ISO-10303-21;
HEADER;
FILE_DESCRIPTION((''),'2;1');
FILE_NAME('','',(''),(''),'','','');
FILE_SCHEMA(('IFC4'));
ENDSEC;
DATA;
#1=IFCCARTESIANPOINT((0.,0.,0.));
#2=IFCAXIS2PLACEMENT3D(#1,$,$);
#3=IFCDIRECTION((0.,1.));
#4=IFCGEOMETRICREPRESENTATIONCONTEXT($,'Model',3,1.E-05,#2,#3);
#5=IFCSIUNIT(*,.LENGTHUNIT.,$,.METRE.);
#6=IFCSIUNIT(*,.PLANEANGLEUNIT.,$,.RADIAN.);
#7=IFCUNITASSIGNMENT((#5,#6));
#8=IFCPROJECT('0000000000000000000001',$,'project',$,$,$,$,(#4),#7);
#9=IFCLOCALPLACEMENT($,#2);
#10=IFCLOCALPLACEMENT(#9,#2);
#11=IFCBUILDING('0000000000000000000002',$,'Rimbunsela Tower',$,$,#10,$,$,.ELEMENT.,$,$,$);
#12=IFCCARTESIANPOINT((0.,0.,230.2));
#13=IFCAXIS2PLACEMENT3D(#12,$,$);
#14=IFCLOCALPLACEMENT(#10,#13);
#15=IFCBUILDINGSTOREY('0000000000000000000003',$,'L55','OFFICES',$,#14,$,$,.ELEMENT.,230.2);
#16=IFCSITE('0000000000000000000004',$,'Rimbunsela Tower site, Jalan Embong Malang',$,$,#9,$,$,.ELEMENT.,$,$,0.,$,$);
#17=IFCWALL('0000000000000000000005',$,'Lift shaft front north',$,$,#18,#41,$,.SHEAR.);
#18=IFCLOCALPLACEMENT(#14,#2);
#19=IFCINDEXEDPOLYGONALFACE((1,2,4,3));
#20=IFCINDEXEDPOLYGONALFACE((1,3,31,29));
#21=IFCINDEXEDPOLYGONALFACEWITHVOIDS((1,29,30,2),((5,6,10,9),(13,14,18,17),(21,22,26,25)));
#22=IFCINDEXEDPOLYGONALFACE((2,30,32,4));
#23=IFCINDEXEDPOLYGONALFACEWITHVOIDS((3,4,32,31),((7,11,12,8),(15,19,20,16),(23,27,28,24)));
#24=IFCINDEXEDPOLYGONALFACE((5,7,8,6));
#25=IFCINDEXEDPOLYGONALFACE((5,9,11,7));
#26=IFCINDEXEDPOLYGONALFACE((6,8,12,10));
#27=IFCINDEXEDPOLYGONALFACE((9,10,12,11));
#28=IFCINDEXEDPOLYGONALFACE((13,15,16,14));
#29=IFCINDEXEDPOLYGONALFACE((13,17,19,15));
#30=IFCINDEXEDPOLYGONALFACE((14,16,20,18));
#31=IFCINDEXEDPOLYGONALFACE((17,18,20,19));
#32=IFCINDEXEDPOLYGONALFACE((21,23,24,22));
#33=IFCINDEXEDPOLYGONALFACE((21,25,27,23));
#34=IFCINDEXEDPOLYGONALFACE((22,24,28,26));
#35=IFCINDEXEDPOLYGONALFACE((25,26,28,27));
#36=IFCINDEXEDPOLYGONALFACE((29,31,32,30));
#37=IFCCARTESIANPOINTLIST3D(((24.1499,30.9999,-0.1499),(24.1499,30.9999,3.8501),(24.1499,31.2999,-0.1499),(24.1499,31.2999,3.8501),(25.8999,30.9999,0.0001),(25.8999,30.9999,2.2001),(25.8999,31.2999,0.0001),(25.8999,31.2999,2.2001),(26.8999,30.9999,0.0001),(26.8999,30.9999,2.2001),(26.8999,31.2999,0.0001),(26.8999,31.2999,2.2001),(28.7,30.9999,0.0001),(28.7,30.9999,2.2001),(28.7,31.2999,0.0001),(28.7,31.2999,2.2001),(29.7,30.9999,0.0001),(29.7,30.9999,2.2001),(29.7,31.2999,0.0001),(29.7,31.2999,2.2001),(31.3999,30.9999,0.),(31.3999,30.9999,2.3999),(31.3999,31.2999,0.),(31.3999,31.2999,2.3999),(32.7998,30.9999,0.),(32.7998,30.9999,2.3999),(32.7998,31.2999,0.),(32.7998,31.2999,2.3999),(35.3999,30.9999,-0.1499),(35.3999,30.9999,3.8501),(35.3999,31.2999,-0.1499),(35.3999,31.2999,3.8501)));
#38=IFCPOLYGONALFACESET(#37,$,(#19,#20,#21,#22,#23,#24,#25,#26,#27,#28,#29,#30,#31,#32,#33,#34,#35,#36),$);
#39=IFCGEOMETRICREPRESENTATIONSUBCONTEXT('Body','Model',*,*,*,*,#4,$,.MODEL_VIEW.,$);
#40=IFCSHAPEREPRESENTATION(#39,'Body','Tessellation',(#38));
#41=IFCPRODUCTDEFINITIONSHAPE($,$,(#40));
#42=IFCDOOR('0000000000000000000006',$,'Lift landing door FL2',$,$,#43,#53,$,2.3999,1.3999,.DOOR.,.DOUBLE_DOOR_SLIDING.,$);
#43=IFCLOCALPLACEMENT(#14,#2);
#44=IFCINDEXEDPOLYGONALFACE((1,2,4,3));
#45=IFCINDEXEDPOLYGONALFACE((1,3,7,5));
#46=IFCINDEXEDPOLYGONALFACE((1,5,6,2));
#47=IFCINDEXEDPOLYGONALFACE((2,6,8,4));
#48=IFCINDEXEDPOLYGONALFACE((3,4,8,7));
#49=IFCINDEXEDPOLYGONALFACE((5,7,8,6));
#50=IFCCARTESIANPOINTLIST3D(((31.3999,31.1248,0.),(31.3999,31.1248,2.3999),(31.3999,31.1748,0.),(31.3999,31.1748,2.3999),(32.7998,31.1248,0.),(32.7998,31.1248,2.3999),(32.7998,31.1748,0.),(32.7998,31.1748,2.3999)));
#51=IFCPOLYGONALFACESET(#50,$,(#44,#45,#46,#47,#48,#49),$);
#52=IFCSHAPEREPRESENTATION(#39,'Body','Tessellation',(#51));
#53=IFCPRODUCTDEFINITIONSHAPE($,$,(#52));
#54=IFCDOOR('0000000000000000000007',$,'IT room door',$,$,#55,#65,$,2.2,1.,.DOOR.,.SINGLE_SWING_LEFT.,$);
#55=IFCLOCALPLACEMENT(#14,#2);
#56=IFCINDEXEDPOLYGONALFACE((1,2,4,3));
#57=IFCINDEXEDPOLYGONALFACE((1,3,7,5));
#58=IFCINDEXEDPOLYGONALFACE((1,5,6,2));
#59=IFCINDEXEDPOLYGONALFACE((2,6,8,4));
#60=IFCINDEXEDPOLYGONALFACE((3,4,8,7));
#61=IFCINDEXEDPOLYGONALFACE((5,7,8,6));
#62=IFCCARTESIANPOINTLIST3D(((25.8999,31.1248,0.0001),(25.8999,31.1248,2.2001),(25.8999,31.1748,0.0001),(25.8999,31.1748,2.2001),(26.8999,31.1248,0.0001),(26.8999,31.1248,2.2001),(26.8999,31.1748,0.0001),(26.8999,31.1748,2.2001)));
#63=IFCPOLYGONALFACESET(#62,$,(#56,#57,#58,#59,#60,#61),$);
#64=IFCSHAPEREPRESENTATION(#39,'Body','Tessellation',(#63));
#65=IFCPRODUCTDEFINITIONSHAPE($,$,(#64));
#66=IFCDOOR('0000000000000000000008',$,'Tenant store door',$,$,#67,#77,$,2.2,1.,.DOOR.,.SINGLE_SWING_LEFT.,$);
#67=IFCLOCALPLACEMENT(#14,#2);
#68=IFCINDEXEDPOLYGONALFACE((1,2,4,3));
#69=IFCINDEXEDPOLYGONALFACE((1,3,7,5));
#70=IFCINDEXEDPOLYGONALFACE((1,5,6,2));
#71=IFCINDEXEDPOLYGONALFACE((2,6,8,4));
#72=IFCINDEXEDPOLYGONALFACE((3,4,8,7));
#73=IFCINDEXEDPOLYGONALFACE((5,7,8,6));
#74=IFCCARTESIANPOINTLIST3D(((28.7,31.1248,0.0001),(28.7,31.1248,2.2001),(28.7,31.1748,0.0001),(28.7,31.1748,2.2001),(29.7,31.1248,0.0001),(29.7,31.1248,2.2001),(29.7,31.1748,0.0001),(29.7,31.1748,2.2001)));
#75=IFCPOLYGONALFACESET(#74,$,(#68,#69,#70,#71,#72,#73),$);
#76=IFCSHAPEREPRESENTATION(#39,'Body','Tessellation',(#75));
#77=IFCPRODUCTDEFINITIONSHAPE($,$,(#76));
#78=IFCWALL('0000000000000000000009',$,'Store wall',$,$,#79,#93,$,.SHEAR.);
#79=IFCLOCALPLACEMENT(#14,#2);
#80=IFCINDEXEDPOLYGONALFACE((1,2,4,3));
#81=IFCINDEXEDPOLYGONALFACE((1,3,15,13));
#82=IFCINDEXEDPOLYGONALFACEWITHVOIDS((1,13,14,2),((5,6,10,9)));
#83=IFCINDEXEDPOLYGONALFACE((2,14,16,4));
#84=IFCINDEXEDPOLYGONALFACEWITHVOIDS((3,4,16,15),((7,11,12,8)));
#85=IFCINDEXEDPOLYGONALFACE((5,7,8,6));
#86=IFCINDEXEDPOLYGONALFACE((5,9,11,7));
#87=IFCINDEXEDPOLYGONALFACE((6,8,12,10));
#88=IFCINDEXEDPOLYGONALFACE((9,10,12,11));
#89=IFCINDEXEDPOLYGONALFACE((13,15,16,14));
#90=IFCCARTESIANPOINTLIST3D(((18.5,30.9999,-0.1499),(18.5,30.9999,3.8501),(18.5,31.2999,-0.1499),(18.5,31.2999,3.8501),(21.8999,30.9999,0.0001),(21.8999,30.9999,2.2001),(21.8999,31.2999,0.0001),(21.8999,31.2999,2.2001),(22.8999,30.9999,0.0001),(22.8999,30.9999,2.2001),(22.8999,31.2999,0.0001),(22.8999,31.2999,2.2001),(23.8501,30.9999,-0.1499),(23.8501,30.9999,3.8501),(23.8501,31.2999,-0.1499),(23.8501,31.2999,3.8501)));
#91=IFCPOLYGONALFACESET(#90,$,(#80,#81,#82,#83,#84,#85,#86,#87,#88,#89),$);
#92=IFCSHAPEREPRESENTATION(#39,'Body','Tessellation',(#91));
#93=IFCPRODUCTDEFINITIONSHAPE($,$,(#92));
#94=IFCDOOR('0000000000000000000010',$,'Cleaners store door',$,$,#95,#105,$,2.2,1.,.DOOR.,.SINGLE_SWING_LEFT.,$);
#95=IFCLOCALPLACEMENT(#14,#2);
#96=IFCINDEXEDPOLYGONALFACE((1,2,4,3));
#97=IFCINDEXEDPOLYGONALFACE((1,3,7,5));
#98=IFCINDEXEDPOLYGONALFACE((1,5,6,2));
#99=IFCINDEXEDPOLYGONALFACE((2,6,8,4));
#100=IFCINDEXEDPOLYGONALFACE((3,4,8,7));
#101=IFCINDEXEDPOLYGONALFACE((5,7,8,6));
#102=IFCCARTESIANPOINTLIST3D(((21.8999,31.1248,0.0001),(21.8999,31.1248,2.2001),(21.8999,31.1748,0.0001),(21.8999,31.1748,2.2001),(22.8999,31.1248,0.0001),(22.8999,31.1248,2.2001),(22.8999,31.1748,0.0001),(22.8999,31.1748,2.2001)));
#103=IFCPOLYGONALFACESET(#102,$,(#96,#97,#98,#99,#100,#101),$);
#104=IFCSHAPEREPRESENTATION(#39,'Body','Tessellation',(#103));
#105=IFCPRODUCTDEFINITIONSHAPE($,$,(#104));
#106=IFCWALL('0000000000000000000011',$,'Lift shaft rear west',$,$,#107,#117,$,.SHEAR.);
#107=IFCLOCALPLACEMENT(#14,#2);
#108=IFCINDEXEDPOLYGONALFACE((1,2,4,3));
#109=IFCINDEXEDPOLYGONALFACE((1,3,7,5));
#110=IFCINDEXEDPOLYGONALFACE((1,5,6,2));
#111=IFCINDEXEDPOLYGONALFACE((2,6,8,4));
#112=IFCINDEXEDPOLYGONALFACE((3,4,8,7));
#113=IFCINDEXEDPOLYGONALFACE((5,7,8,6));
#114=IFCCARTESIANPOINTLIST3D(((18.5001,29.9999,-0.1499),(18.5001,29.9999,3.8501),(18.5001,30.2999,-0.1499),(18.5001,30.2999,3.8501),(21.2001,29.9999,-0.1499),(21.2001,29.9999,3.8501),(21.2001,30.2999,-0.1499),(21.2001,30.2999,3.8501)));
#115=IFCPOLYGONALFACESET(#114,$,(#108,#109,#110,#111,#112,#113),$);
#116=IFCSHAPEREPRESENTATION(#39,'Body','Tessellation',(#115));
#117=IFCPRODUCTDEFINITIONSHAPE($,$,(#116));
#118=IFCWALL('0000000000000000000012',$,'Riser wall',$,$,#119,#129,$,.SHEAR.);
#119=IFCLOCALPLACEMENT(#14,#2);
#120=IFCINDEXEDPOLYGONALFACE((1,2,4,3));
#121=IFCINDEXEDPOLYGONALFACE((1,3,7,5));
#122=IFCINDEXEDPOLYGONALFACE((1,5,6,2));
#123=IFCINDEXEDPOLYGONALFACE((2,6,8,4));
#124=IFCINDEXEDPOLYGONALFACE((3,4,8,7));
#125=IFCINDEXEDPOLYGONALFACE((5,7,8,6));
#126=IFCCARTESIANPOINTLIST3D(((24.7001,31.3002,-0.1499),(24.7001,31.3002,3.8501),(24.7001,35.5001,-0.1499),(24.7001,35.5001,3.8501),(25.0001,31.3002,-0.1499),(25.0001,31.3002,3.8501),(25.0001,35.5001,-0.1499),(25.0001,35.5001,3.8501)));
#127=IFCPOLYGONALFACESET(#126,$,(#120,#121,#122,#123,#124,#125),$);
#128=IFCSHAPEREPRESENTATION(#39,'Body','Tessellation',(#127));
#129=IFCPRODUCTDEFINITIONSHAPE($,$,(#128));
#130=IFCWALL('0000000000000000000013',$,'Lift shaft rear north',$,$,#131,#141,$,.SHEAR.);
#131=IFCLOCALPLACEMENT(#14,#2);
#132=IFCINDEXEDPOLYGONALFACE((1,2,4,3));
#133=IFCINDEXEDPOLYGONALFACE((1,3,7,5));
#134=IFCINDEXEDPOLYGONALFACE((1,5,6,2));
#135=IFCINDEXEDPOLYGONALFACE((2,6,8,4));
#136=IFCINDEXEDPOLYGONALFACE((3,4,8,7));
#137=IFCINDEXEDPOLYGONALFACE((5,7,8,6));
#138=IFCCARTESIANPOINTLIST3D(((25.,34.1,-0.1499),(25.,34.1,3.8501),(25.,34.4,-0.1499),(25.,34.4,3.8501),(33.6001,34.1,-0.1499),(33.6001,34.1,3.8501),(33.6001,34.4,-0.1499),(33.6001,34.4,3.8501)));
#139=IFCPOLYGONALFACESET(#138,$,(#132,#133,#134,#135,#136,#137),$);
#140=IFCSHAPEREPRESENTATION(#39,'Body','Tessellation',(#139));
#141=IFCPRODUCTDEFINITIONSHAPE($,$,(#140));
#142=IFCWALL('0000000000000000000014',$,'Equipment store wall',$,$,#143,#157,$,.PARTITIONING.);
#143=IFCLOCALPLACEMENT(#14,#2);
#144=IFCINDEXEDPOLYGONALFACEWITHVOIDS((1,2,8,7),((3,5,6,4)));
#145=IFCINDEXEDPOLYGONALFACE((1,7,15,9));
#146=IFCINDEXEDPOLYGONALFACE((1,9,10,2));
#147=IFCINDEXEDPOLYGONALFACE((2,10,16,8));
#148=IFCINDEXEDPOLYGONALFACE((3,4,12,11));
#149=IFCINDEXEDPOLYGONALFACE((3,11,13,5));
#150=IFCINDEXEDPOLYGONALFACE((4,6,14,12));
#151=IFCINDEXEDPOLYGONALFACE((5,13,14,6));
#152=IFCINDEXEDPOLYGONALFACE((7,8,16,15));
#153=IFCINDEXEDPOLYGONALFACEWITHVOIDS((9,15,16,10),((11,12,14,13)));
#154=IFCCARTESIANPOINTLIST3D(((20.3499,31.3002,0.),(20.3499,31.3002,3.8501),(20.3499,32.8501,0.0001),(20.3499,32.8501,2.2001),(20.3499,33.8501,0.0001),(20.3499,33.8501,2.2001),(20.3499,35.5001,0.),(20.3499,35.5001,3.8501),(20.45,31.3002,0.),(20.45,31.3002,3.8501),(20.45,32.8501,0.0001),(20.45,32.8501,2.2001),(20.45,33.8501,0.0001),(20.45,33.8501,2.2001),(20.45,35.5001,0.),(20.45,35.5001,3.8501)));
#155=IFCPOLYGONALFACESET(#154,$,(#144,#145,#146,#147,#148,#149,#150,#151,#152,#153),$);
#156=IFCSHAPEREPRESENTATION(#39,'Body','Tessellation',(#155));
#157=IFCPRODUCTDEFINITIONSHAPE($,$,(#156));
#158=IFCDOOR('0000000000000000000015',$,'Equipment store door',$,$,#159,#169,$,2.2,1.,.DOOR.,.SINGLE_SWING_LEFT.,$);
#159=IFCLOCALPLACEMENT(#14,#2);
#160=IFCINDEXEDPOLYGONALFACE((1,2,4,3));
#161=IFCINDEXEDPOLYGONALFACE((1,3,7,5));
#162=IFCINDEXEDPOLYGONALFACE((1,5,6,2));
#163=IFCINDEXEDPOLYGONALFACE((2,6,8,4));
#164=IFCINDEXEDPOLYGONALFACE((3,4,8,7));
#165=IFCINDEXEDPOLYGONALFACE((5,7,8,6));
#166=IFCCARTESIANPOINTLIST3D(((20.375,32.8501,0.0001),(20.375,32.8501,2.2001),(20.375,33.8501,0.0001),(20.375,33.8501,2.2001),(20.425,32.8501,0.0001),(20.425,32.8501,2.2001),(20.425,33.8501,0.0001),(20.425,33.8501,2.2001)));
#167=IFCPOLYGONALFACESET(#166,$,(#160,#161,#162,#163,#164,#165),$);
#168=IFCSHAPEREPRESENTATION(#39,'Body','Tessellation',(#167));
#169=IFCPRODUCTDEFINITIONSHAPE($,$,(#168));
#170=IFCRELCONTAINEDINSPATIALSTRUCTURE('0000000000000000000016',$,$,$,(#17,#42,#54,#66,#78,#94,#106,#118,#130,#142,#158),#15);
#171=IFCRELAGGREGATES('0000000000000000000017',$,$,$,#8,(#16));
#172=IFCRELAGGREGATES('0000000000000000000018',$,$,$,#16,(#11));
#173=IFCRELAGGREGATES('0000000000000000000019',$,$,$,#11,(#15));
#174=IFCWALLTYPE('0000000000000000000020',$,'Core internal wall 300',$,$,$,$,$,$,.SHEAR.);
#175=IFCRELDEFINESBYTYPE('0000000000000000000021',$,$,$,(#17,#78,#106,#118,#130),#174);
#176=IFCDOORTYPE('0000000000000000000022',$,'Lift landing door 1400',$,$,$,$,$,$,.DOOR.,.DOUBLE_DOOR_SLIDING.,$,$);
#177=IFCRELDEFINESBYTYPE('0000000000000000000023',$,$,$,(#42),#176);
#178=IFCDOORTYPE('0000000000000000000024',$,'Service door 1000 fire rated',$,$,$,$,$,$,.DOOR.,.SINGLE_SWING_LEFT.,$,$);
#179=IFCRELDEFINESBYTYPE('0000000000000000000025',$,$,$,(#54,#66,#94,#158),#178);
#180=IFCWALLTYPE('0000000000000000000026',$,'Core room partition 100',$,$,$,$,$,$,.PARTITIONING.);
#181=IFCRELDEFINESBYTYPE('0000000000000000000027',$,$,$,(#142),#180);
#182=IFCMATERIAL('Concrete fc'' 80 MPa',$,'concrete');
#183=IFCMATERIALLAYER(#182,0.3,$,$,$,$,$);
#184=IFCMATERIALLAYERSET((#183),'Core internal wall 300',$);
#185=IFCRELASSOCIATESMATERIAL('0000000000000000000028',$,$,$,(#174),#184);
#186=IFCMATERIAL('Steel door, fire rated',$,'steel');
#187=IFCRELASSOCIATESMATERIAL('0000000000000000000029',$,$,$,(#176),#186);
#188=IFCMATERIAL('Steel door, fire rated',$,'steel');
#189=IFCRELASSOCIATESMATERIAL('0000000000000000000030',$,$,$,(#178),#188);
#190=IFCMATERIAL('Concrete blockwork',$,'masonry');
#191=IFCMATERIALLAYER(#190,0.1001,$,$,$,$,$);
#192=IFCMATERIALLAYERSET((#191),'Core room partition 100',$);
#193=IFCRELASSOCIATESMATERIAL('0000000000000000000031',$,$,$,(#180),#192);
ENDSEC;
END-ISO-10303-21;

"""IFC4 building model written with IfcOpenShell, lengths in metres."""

from ifc_helpers import new_model, si_unit, direction, frame, frame_2d, origin, place, context, subcontext, project, spatial, rectangle, extrude, material, layer, layer_set, type_object, element, fill, save


model = new_model("IFC4")

# Units and contexts
model_context = context("Model", 3, precision=1e-05, world=origin(), true_north=direction((0.0, 1.0)))
body_context = subcontext(model_context, "Body", "Model", "MODEL_VIEW")
ifc_project = project(units=[si_unit("LENGTHUNIT", "METRE"), si_unit("PLANEANGLEUNIT", "RADIAN")], contexts=[model_context])

# Site, building, storey
site_placement = place(None, origin())
site = spatial("IfcSite", under=ifc_project, at=site_placement, Name="Rimbunsela Tower site, Jalan Embong Malang", CompositionType="ELEMENT", RefElevation=0.0)
building_placement = place(site_placement, origin())
building = spatial("IfcBuilding", under=site, at=building_placement, Name="Rimbunsela Tower", CompositionType="ELEMENT")
storey_placement = place(building_placement, frame((0.0, 0.0, 230.2)))
storey = spatial("IfcBuildingStorey", under=building, at=storey_placement, Name="L55", Description="OFFICES", CompositionType="ELEMENT", Elevation=230.2)

# Wall, openings, doors
ifc_material_1 = material(Name="Concrete fc' 80 MPa", Category="concrete")
ifc_layer_1 = layer(ifc_material_1, 0.3)
ifc_layer_set_1 = layer_set([ifc_layer_1], Name="Core internal wall 300")
wall_type_1 = type_object("IfcWallType", Name="Core internal wall 300", PredefinedType="SHEAR", material=ifc_layer_set_1)
wall_1_placement = place(storey_placement, frame((24.1499, 31.1499, -0.1499), z_axis=(0.0, 0.0, 1.0), x_axis=(1.0, 0.0, 0.0)))
wall_1 = element("IfcWall", 1, at=wall_1_placement, inside=storey, type_object=wall_type_1, Name="Lift shaft front north", PredefinedType="SHEAR", context=body_context, shape_type="SweptSolid", body=[
    extrude(rectangle(XDim=11.25, YDim=0.3, at=frame_2d((5.625, 0.0))), origin(), (0.0, 0.0, 1.0), 4.0),
])
opening_1_placement = place(wall_1_placement, frame((1.75, 0.0, 0.1499)))
opening_1 = element("IfcOpeningElement", 2, at=opening_1_placement, cuts=wall_1, PredefinedType="OPENING", context=body_context, shape_type="SweptSolid", body=[
    extrude(rectangle(XDim=1.0, YDim=2.2, at=frame_2d((0.5, 1.1001))), frame((0.0, 0.1599, 0.0), z_axis=(0.0, -1.0, 0.0), x_axis=(1.0, 0.0, 0.0)), (0.0, 0.0, 1.0), 0.3201),
])
opening_2_placement = place(wall_1_placement, frame((4.55, 0.0, 0.1499)))
opening_2 = element("IfcOpeningElement", 3, at=opening_2_placement, cuts=wall_1, PredefinedType="OPENING", context=body_context, shape_type="SweptSolid", body=[
    extrude(rectangle(XDim=1.0, YDim=2.2, at=frame_2d((0.5, 1.1001))), frame((0.0, 0.1599, 0.0), z_axis=(0.0, -1.0, 0.0), x_axis=(1.0, 0.0, 0.0)), (0.0, 0.0, 1.0), 0.3201),
])
opening_3_placement = place(wall_1_placement, frame((7.25, 0.0, 0.1499)))
opening_3 = element("IfcOpeningElement", 4, at=opening_3_placement, cuts=wall_1, PredefinedType="OPENING", context=body_context, shape_type="SweptSolid", body=[
    extrude(rectangle(XDim=1.3999, YDim=2.3999, at=frame_2d((0.7, 1.2))), frame((0.0, 0.1599, 0.0), z_axis=(0.0, -1.0, 0.0), x_axis=(1.0, 0.0, 0.0)), (0.0, 0.0, 1.0), 0.3201),
])
ifc_material_2 = material(Name="Steel door, fire rated", Category="steel")
door_type_1 = type_object("IfcDoorType", Name="Lift landing door 1400", OperationType="DOUBLE_DOOR_SLIDING", PredefinedType="DOOR", material=ifc_material_2)
door_1_placement = place(opening_3_placement, origin())
door_1 = element("IfcDoor", 5, at=door_1_placement, inside=storey, type_object=door_type_1, Name="Lift landing door FL2", OperationType="DOUBLE_DOOR_SLIDING", OverallHeight=2.3999, OverallWidth=1.3999, PredefinedType="DOOR", context=body_context, shape_type="SweptSolid", body=[
    extrude(rectangle(XDim=1.3999, YDim=2.3999, at=frame_2d((0.7, 1.2))), frame((0.0, 0.0249, 0.0), z_axis=(0.0, -1.0, 0.0), x_axis=(1.0, 0.0, 0.0)), (0.0, 0.0, 1.0), 0.05),
])
fill(opening_3, door_1)
ifc_material_3 = material(Name="Steel door, fire rated", Category="steel")
door_type_2 = type_object("IfcDoorType", Name="Service door 1000 fire rated", OperationType="SINGLE_SWING_LEFT", PredefinedType="DOOR", material=ifc_material_3)
door_2_placement = place(opening_1_placement, origin())
door_2 = element("IfcDoor", 6, at=door_2_placement, inside=storey, type_object=door_type_2, Name="IT room door", OperationType="SINGLE_SWING_LEFT", OverallHeight=2.2, OverallWidth=1.0, PredefinedType="DOOR", context=body_context, shape_type="SweptSolid", body=[
    extrude(rectangle(XDim=1.0, YDim=2.2, at=frame_2d((0.5, 1.1001))), frame((0.0, 0.0249, 0.0), z_axis=(0.0, -1.0, 0.0), x_axis=(1.0, 0.0, 0.0)), (0.0, 0.0, 1.0), 0.05),
])
fill(opening_1, door_2)
door_3_placement = place(opening_2_placement, origin())
door_3 = element("IfcDoor", 7, at=door_3_placement, inside=storey, type_object=door_type_2, Name="Tenant store door", OperationType="SINGLE_SWING_LEFT", OverallHeight=2.2, OverallWidth=1.0, PredefinedType="DOOR", context=body_context, shape_type="SweptSolid", body=[
    extrude(rectangle(XDim=1.0, YDim=2.2, at=frame_2d((0.5, 1.1001))), frame((0.0, 0.0249, 0.0), z_axis=(0.0, -1.0, 0.0), x_axis=(1.0, 0.0, 0.0)), (0.0, 0.0, 1.0), 0.05),
])
fill(opening_2, door_3)

# Wall, opening, door
wall_2_placement = place(storey_placement, frame((18.5, 31.1499, -0.1499), z_axis=(0.0, 0.0, 1.0), x_axis=(1.0, 0.0, 0.0)))
wall_2 = element("IfcWall", 8, at=wall_2_placement, inside=storey, type_object=wall_type_1, Name="Store wall", PredefinedType="SHEAR", context=body_context, shape_type="SweptSolid", body=[
    extrude(rectangle(XDim=5.3501, YDim=0.3, at=frame_2d((2.675, 0.0))), origin(), (0.0, 0.0, 1.0), 4.0),
])
opening_4_placement = place(wall_2_placement, frame((3.3999, 0.0, 0.1499)))
opening_4 = element("IfcOpeningElement", 9, at=opening_4_placement, cuts=wall_2, PredefinedType="OPENING", context=body_context, shape_type="SweptSolid", body=[
    extrude(rectangle(XDim=1.0, YDim=2.2, at=frame_2d((0.5, 1.1001))), frame((0.0, 0.1599, 0.0), z_axis=(0.0, -1.0, 0.0), x_axis=(1.0, 0.0, 0.0)), (0.0, 0.0, 1.0), 0.3201),
])
door_4_placement = place(opening_4_placement, origin())
door_4 = element("IfcDoor", 10, at=door_4_placement, inside=storey, type_object=door_type_2, Name="Cleaners store door", OperationType="SINGLE_SWING_LEFT", OverallHeight=2.2, OverallWidth=1.0, PredefinedType="DOOR", context=body_context, shape_type="SweptSolid", body=[
    extrude(rectangle(XDim=1.0, YDim=2.2, at=frame_2d((0.5, 1.1001))), frame((0.0, 0.0249, 0.0), z_axis=(0.0, -1.0, 0.0), x_axis=(1.0, 0.0, 0.0)), (0.0, 0.0, 1.0), 0.05),
])
fill(opening_4, door_4)

# Walls
wall_3_placement = place(storey_placement, frame((18.5, 30.1499, -0.1499), z_axis=(0.0, 0.0, 1.0), x_axis=(1.0, 0.0, 0.0)))
element("IfcWall", 11, at=wall_3_placement, inside=storey, type_object=wall_type_1, Name="Lift shaft rear west", PredefinedType="SHEAR", context=body_context, shape_type="SweptSolid", body=[
    extrude(rectangle(XDim=2.7, YDim=0.3, at=frame_2d((1.3501, 0.0))), origin(), (0.0, 0.0, 1.0), 4.0),
])
wall_4_placement = place(storey_placement, frame((24.8501, 31.3, -0.1499), z_axis=(0.0, 0.0, 1.0), x_axis=(0.0, 1.0, 0.0)))
element("IfcWall", 12, at=wall_4_placement, inside=storey, type_object=wall_type_1, Name="Riser wall", PredefinedType="SHEAR", context=body_context, shape_type="SweptSolid", body=[
    extrude(rectangle(XDim=4.2, YDim=0.3, at=frame_2d((2.1001, 0.0))), origin(), (0.0, 0.0, 1.0), 4.0),
])
wall_5_placement = place(storey_placement, frame((25.0, 34.25, -0.1499), z_axis=(0.0, 0.0, 1.0), x_axis=(1.0, 0.0, 0.0)))
element("IfcWall", 13, at=wall_5_placement, inside=storey, type_object=wall_type_1, Name="Lift shaft rear north", PredefinedType="SHEAR", context=body_context, shape_type="SweptSolid", body=[
    extrude(rectangle(XDim=8.6001, YDim=0.3, at=frame_2d((4.3, 0.0))), origin(), (0.0, 0.0, 1.0), 4.0),
])

# Wall, opening, door
ifc_material_4 = material(Name="Concrete blockwork", Category="masonry")
ifc_layer_2 = layer(ifc_material_4, 0.1001)
ifc_layer_set_2 = layer_set([ifc_layer_2], Name="Core room partition 100")
wall_type_2 = type_object("IfcWallType", Name="Core room partition 100", PredefinedType="PARTITIONING", material=ifc_layer_set_2)
wall_6_placement = place(storey_placement, frame((20.3999, 31.3, 0.0), z_axis=(0.0, 0.0, 1.0), x_axis=(0.0, 1.0, 0.0)))
wall_6 = element("IfcWall", 14, at=wall_6_placement, inside=storey, type_object=wall_type_2, Name="Equipment store wall", PredefinedType="PARTITIONING", context=body_context, shape_type="SweptSolid", body=[
    extrude(rectangle(XDim=4.2, YDim=0.1001, at=frame_2d((2.1001, 0.0))), origin(), (0.0, 0.0, 1.0), 3.8501),
])
opening_5_placement = place(wall_6_placement, frame((1.55, 0.0, 0.0)))
opening_5 = element("IfcOpeningElement", 15, at=opening_5_placement, cuts=wall_6, PredefinedType="OPENING", context=body_context, shape_type="SweptSolid", body=[
    extrude(rectangle(XDim=1.0, YDim=2.2, at=frame_2d((0.5, 1.1001))), frame((0.0, 0.0601, 0.0), z_axis=(0.0, -1.0, 0.0), x_axis=(1.0, 0.0, 0.0)), (0.0, 0.0, 1.0), 0.1201),
])
door_5_placement = place(opening_5_placement, origin())
door_5 = element("IfcDoor", 16, at=door_5_placement, inside=storey, type_object=door_type_2, Name="Equipment store door", OperationType="SINGLE_SWING_LEFT", OverallHeight=2.2, OverallWidth=1.0, PredefinedType="DOOR", context=body_context, shape_type="SweptSolid", body=[
    extrude(rectangle(XDim=1.0, YDim=2.2, at=frame_2d((0.5, 1.1001))), frame((0.0, 0.0249, 0.0), z_axis=(0.0, -1.0, 0.0), x_axis=(1.0, 0.0, 0.0)), (0.0, 0.0, 1.0), 0.05),
])
fill(opening_5, door_5)

save(model, "model.ifc")
